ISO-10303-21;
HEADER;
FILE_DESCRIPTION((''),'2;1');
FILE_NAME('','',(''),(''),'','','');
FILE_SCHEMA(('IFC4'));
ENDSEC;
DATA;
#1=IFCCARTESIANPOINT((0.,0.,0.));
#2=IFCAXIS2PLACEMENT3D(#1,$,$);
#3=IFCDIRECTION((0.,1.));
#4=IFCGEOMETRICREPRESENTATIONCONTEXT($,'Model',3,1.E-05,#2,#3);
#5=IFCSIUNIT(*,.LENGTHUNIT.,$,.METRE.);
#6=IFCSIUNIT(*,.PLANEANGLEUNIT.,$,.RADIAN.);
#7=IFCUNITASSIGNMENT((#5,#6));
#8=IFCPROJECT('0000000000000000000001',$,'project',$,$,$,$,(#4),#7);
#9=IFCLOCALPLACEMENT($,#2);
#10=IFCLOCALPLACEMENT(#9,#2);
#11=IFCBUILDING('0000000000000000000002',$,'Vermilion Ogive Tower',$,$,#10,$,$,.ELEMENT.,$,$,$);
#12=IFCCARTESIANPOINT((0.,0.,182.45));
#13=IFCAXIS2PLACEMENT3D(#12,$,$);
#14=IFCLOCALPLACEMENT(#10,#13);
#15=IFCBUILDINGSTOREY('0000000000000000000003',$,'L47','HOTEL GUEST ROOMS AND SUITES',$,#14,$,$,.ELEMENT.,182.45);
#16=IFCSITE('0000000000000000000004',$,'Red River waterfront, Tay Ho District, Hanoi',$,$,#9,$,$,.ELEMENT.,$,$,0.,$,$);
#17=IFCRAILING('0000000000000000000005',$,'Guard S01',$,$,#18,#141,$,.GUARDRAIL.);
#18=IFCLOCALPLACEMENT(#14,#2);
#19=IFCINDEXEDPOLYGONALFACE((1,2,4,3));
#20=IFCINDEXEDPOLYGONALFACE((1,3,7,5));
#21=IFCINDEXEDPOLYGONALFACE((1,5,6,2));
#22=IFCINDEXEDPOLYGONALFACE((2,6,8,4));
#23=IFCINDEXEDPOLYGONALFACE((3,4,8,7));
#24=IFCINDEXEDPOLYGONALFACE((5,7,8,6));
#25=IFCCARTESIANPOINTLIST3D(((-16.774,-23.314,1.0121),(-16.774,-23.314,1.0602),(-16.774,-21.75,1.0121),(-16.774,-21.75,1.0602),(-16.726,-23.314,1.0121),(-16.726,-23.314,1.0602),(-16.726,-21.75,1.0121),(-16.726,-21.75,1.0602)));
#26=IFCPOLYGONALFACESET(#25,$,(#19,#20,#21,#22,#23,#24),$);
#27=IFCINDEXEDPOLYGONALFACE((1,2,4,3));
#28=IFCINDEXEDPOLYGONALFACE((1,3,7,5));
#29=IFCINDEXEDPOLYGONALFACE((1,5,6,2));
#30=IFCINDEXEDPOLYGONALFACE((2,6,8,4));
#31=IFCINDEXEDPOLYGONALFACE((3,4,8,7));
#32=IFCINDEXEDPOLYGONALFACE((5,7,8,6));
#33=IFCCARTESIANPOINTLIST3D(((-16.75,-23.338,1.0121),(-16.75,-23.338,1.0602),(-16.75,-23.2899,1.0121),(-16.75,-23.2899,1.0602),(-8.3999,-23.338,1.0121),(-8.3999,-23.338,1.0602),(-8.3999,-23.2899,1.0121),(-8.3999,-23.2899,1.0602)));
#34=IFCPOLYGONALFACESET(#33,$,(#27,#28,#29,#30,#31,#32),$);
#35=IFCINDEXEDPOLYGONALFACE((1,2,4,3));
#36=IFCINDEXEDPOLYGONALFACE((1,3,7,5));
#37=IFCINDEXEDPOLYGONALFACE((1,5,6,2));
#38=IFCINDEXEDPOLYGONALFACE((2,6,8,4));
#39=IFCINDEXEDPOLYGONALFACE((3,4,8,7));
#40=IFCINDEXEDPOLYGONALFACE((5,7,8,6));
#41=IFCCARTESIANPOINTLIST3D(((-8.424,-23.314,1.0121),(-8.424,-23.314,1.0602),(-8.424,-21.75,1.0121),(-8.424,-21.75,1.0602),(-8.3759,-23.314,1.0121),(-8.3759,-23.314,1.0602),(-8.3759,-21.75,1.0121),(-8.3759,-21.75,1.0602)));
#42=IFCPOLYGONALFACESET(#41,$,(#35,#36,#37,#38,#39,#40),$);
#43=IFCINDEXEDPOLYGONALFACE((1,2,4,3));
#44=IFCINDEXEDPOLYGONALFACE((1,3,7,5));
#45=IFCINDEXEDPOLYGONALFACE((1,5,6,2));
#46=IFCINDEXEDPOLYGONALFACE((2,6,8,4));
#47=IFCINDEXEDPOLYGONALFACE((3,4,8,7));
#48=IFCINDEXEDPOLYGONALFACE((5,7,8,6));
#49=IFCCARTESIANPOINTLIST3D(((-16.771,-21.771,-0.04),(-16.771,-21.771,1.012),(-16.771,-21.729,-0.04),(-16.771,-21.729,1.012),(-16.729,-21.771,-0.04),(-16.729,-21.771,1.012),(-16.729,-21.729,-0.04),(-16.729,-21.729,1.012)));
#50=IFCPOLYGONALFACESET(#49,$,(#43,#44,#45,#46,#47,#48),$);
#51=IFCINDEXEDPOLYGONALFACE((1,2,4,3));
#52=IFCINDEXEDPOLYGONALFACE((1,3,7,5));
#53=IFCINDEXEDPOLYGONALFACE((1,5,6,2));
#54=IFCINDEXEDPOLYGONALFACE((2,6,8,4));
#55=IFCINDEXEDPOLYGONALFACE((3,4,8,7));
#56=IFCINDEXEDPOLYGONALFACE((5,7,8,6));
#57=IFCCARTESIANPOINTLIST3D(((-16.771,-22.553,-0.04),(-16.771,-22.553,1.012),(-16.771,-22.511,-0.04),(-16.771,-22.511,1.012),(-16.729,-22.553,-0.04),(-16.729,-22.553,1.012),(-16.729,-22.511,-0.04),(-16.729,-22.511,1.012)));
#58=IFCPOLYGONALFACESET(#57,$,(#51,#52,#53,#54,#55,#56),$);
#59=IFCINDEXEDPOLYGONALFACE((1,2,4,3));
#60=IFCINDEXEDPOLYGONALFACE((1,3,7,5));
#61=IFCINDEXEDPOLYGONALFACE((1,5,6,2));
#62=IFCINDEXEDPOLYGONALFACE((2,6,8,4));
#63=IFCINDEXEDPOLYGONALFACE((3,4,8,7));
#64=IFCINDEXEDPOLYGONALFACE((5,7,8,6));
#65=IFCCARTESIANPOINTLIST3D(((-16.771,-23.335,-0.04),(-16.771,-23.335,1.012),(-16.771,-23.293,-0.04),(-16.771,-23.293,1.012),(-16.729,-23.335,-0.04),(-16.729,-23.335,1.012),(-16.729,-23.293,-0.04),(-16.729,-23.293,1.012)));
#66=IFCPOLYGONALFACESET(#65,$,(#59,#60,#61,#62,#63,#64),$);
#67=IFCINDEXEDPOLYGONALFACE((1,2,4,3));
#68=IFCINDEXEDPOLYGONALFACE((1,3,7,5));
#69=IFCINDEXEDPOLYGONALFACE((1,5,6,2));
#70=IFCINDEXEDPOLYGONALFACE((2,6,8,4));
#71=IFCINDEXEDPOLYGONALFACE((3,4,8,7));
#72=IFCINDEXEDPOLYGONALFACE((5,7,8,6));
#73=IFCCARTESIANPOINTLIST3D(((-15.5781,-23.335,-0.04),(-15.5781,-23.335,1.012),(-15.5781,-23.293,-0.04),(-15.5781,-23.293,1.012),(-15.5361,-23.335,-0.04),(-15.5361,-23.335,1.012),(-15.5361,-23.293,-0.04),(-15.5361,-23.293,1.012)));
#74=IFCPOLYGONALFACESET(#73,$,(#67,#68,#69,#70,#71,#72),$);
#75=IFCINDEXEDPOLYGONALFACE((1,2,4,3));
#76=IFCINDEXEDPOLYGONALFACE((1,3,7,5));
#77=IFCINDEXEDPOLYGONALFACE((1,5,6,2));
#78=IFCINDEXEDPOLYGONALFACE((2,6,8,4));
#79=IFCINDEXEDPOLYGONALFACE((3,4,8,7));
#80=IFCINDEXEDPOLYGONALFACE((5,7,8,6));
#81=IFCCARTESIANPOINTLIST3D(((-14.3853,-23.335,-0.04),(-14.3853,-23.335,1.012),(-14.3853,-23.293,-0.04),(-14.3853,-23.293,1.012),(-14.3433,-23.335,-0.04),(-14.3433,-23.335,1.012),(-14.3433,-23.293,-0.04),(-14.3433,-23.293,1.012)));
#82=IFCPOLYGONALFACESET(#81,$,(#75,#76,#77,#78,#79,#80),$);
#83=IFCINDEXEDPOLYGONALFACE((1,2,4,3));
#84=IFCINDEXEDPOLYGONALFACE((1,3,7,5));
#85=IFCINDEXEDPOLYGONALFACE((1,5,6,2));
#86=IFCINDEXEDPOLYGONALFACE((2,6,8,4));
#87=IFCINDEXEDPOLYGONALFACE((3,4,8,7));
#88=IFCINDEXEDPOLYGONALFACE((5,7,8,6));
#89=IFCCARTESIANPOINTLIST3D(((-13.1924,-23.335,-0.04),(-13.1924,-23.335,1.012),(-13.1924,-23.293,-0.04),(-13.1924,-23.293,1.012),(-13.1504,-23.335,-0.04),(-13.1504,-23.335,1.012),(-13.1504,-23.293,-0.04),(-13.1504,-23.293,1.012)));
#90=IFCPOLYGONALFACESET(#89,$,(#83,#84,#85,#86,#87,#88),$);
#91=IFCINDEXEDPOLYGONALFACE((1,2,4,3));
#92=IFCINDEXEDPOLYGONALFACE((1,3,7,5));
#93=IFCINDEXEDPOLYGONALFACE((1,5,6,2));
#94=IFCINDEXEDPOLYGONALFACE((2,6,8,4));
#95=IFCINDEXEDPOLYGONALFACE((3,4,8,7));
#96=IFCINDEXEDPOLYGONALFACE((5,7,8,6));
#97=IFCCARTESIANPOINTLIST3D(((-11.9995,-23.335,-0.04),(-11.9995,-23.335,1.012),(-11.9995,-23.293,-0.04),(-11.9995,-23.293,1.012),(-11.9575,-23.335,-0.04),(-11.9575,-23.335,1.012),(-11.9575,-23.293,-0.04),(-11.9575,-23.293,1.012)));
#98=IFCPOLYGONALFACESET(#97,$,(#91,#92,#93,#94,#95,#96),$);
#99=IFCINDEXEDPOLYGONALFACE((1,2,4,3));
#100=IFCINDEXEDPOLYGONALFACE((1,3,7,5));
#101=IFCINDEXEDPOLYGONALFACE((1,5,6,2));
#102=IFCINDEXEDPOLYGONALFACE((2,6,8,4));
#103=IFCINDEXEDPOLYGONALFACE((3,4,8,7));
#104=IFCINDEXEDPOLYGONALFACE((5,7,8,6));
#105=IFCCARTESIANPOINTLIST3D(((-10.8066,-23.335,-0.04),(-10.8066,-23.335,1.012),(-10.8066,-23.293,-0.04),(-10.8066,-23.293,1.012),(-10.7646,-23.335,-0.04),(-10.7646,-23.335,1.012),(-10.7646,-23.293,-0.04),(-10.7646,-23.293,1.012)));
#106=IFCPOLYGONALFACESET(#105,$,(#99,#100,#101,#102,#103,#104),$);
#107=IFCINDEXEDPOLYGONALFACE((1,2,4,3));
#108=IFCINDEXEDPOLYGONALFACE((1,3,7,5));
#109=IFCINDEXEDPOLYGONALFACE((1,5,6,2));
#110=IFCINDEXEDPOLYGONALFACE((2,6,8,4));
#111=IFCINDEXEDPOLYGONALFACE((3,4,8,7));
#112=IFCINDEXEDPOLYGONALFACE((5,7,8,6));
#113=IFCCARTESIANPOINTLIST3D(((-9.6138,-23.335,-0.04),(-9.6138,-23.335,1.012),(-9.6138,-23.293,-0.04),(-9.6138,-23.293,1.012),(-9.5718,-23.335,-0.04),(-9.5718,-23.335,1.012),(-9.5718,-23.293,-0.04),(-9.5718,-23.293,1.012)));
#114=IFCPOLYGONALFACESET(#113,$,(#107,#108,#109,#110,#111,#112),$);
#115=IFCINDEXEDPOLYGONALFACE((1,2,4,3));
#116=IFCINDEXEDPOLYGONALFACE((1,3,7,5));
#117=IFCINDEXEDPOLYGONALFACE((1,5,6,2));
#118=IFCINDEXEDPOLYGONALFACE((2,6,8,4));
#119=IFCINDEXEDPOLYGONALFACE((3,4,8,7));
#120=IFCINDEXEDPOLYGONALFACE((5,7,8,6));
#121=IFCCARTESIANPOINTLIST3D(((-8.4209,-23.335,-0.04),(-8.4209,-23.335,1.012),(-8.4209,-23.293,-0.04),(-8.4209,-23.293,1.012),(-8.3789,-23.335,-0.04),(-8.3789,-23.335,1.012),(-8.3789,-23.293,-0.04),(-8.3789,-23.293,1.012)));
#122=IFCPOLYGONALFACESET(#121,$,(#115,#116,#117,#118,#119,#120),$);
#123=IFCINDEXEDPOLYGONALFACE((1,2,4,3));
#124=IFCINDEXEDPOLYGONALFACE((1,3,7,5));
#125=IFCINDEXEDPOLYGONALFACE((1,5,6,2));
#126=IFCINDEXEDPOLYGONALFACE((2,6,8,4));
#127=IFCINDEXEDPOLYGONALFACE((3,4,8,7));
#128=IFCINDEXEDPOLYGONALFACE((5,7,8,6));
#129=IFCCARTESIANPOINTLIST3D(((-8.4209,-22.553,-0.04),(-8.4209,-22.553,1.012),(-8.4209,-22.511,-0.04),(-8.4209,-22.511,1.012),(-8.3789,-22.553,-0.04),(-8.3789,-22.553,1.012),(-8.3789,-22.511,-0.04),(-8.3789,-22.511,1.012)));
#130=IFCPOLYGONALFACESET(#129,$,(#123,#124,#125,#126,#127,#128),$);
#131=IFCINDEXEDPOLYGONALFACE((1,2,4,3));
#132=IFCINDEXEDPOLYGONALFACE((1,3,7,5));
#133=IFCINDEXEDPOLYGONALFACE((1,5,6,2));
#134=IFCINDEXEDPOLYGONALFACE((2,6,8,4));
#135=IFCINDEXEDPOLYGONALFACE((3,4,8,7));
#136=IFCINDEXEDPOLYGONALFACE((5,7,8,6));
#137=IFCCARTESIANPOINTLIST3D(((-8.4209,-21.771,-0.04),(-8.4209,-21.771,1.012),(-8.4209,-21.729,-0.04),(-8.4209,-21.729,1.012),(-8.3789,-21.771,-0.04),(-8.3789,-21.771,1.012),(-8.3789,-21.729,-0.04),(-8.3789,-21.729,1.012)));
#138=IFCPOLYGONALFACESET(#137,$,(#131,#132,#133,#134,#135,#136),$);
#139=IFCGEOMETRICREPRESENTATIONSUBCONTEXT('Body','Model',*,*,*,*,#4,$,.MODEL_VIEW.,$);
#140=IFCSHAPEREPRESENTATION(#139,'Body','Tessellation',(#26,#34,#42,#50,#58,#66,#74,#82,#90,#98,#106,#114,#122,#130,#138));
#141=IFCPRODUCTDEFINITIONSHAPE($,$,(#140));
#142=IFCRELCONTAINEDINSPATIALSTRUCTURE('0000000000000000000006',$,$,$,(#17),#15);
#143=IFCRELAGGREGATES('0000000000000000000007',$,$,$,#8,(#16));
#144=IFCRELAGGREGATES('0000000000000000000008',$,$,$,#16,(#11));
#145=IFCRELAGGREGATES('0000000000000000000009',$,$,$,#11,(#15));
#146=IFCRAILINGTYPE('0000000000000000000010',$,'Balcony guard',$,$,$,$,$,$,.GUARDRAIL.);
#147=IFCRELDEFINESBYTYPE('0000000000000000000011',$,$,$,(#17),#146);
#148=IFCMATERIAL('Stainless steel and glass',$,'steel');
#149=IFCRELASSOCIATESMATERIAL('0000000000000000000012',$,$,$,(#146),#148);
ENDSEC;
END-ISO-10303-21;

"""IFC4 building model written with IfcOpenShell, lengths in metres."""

from ifc_helpers import new_model, si_unit, direction, frame, origin, origin_2d, place, context, subcontext, project, spatial, rectangle, extrude, material, type_object, element, save


model = new_model("IFC4")

# Units and contexts
model_context = context("Model", 3, precision=1e-05, world=origin(), true_north=direction((0.0, 1.0)))
body_context = subcontext(model_context, "Body", "Model", "MODEL_VIEW")
ifc_project = project(units=[si_unit("LENGTHUNIT", "METRE"), si_unit("PLANEANGLEUNIT", "RADIAN")], contexts=[model_context])

# Site, building, storey
site_placement = place(None, origin())
site = spatial("IfcSite", under=ifc_project, at=site_placement, Name="Red River waterfront, Tay Ho District, Hanoi", CompositionType="ELEMENT", RefElevation=0.0)
building_placement = place(site_placement, origin())
building = spatial("IfcBuilding", under=site, at=building_placement, Name="Vermilion Ogive Tower", CompositionType="ELEMENT")
storey_placement = place(building_placement, frame((0.0, 0.0, 182.45)))
storey = spatial("IfcBuildingStorey", under=building, at=storey_placement, Name="L47", Description="HOTEL GUEST ROOMS AND SUITES", CompositionType="ELEMENT", Elevation=182.45)

# Railing
ifc_material_1 = material(Name="Stainless steel and glass", Category="steel")
railing_type = type_object("IfcRailingType", Name="Balcony guard", PredefinedType="GUARDRAIL", material=ifc_material_1)
railing_placement = place(storey_placement, frame((-16.75, -21.75, -0.04)))
element("IfcRailing", 1, at=railing_placement, inside=storey, type_object=railing_type, Name="Guard S01", PredefinedType="GUARDRAIL", context=body_context, shape_type="SweptSolid", body=[
    extrude(rectangle(XDim=0.0481, YDim=0.0481, at=origin_2d()), frame((0.0, 0.0, 1.0762), z_axis=(0.0, -1.0, 0.0), x_axis=(1.0, 0.0, 0.0)), (0.0, 0.0, 1.0), 1.564),
    extrude(rectangle(XDim=0.0481, YDim=0.0481, at=origin_2d()), frame((0.0, -1.564, 1.0762), z_axis=(1.0, 0.0, 0.0), x_axis=(0.0, 1.0, 0.0)), (0.0, 0.0, 1.0), 8.3501),
    extrude(rectangle(XDim=0.0481, YDim=0.0481, at=origin_2d()), frame((8.3501, -1.564, 1.0762), z_axis=(0.0, 1.0, 0.0), x_axis=(-1.0, 0.0, 0.0)), (0.0, 0.0, 1.0), 1.564),
    extrude(rectangle(XDim=0.042, YDim=0.042, at=origin_2d()), origin(), (0.0, 0.0, 1.0), 1.052),
    extrude(rectangle(XDim=0.042, YDim=0.042, at=origin_2d()), frame((0.0, -0.782, 0.0)), (0.0, 0.0, 1.0), 1.052),
    extrude(rectangle(XDim=0.042, YDim=0.042, at=origin_2d()), frame((0.0, -1.564, 0.0)), (0.0, 0.0, 1.0), 1.052),
    extrude(rectangle(XDim=0.042, YDim=0.042, at=origin_2d()), frame((1.1929, -1.564, 0.0)), (0.0, 0.0, 1.0), 1.052),
    extrude(rectangle(XDim=0.042, YDim=0.042, at=origin_2d()), frame((2.3857, -1.564, 0.0)), (0.0, 0.0, 1.0), 1.052),
    extrude(rectangle(XDim=0.042, YDim=0.042, at=origin_2d()), frame((3.5786, -1.564, 0.0)), (0.0, 0.0, 1.0), 1.052),
    extrude(rectangle(XDim=0.042, YDim=0.042, at=origin_2d()), frame((4.7715, -1.564, 0.0)), (0.0, 0.0, 1.0), 1.052),
    extrude(rectangle(XDim=0.042, YDim=0.042, at=origin_2d()), frame((5.9644, -1.564, 0.0)), (0.0, 0.0, 1.0), 1.052),
    extrude(rectangle(XDim=0.042, YDim=0.042, at=origin_2d()), frame((7.1572, -1.564, 0.0)), (0.0, 0.0, 1.0), 1.052),
    extrude(rectangle(XDim=0.042, YDim=0.042, at=origin_2d()), frame((8.3501, -1.564, 0.0)), (0.0, 0.0, 1.0), 1.052),
    extrude(rectangle(XDim=0.042, YDim=0.042, at=origin_2d()), frame((8.3501, -0.782, 0.0)), (0.0, 0.0, 1.0), 1.052),
    extrude(rectangle(XDim=0.042, YDim=0.042, at=origin_2d()), frame((8.3501, 0.0, 0.0)), (0.0, 0.0, 1.0), 1.052),
])

save(model, "model.ifc")
